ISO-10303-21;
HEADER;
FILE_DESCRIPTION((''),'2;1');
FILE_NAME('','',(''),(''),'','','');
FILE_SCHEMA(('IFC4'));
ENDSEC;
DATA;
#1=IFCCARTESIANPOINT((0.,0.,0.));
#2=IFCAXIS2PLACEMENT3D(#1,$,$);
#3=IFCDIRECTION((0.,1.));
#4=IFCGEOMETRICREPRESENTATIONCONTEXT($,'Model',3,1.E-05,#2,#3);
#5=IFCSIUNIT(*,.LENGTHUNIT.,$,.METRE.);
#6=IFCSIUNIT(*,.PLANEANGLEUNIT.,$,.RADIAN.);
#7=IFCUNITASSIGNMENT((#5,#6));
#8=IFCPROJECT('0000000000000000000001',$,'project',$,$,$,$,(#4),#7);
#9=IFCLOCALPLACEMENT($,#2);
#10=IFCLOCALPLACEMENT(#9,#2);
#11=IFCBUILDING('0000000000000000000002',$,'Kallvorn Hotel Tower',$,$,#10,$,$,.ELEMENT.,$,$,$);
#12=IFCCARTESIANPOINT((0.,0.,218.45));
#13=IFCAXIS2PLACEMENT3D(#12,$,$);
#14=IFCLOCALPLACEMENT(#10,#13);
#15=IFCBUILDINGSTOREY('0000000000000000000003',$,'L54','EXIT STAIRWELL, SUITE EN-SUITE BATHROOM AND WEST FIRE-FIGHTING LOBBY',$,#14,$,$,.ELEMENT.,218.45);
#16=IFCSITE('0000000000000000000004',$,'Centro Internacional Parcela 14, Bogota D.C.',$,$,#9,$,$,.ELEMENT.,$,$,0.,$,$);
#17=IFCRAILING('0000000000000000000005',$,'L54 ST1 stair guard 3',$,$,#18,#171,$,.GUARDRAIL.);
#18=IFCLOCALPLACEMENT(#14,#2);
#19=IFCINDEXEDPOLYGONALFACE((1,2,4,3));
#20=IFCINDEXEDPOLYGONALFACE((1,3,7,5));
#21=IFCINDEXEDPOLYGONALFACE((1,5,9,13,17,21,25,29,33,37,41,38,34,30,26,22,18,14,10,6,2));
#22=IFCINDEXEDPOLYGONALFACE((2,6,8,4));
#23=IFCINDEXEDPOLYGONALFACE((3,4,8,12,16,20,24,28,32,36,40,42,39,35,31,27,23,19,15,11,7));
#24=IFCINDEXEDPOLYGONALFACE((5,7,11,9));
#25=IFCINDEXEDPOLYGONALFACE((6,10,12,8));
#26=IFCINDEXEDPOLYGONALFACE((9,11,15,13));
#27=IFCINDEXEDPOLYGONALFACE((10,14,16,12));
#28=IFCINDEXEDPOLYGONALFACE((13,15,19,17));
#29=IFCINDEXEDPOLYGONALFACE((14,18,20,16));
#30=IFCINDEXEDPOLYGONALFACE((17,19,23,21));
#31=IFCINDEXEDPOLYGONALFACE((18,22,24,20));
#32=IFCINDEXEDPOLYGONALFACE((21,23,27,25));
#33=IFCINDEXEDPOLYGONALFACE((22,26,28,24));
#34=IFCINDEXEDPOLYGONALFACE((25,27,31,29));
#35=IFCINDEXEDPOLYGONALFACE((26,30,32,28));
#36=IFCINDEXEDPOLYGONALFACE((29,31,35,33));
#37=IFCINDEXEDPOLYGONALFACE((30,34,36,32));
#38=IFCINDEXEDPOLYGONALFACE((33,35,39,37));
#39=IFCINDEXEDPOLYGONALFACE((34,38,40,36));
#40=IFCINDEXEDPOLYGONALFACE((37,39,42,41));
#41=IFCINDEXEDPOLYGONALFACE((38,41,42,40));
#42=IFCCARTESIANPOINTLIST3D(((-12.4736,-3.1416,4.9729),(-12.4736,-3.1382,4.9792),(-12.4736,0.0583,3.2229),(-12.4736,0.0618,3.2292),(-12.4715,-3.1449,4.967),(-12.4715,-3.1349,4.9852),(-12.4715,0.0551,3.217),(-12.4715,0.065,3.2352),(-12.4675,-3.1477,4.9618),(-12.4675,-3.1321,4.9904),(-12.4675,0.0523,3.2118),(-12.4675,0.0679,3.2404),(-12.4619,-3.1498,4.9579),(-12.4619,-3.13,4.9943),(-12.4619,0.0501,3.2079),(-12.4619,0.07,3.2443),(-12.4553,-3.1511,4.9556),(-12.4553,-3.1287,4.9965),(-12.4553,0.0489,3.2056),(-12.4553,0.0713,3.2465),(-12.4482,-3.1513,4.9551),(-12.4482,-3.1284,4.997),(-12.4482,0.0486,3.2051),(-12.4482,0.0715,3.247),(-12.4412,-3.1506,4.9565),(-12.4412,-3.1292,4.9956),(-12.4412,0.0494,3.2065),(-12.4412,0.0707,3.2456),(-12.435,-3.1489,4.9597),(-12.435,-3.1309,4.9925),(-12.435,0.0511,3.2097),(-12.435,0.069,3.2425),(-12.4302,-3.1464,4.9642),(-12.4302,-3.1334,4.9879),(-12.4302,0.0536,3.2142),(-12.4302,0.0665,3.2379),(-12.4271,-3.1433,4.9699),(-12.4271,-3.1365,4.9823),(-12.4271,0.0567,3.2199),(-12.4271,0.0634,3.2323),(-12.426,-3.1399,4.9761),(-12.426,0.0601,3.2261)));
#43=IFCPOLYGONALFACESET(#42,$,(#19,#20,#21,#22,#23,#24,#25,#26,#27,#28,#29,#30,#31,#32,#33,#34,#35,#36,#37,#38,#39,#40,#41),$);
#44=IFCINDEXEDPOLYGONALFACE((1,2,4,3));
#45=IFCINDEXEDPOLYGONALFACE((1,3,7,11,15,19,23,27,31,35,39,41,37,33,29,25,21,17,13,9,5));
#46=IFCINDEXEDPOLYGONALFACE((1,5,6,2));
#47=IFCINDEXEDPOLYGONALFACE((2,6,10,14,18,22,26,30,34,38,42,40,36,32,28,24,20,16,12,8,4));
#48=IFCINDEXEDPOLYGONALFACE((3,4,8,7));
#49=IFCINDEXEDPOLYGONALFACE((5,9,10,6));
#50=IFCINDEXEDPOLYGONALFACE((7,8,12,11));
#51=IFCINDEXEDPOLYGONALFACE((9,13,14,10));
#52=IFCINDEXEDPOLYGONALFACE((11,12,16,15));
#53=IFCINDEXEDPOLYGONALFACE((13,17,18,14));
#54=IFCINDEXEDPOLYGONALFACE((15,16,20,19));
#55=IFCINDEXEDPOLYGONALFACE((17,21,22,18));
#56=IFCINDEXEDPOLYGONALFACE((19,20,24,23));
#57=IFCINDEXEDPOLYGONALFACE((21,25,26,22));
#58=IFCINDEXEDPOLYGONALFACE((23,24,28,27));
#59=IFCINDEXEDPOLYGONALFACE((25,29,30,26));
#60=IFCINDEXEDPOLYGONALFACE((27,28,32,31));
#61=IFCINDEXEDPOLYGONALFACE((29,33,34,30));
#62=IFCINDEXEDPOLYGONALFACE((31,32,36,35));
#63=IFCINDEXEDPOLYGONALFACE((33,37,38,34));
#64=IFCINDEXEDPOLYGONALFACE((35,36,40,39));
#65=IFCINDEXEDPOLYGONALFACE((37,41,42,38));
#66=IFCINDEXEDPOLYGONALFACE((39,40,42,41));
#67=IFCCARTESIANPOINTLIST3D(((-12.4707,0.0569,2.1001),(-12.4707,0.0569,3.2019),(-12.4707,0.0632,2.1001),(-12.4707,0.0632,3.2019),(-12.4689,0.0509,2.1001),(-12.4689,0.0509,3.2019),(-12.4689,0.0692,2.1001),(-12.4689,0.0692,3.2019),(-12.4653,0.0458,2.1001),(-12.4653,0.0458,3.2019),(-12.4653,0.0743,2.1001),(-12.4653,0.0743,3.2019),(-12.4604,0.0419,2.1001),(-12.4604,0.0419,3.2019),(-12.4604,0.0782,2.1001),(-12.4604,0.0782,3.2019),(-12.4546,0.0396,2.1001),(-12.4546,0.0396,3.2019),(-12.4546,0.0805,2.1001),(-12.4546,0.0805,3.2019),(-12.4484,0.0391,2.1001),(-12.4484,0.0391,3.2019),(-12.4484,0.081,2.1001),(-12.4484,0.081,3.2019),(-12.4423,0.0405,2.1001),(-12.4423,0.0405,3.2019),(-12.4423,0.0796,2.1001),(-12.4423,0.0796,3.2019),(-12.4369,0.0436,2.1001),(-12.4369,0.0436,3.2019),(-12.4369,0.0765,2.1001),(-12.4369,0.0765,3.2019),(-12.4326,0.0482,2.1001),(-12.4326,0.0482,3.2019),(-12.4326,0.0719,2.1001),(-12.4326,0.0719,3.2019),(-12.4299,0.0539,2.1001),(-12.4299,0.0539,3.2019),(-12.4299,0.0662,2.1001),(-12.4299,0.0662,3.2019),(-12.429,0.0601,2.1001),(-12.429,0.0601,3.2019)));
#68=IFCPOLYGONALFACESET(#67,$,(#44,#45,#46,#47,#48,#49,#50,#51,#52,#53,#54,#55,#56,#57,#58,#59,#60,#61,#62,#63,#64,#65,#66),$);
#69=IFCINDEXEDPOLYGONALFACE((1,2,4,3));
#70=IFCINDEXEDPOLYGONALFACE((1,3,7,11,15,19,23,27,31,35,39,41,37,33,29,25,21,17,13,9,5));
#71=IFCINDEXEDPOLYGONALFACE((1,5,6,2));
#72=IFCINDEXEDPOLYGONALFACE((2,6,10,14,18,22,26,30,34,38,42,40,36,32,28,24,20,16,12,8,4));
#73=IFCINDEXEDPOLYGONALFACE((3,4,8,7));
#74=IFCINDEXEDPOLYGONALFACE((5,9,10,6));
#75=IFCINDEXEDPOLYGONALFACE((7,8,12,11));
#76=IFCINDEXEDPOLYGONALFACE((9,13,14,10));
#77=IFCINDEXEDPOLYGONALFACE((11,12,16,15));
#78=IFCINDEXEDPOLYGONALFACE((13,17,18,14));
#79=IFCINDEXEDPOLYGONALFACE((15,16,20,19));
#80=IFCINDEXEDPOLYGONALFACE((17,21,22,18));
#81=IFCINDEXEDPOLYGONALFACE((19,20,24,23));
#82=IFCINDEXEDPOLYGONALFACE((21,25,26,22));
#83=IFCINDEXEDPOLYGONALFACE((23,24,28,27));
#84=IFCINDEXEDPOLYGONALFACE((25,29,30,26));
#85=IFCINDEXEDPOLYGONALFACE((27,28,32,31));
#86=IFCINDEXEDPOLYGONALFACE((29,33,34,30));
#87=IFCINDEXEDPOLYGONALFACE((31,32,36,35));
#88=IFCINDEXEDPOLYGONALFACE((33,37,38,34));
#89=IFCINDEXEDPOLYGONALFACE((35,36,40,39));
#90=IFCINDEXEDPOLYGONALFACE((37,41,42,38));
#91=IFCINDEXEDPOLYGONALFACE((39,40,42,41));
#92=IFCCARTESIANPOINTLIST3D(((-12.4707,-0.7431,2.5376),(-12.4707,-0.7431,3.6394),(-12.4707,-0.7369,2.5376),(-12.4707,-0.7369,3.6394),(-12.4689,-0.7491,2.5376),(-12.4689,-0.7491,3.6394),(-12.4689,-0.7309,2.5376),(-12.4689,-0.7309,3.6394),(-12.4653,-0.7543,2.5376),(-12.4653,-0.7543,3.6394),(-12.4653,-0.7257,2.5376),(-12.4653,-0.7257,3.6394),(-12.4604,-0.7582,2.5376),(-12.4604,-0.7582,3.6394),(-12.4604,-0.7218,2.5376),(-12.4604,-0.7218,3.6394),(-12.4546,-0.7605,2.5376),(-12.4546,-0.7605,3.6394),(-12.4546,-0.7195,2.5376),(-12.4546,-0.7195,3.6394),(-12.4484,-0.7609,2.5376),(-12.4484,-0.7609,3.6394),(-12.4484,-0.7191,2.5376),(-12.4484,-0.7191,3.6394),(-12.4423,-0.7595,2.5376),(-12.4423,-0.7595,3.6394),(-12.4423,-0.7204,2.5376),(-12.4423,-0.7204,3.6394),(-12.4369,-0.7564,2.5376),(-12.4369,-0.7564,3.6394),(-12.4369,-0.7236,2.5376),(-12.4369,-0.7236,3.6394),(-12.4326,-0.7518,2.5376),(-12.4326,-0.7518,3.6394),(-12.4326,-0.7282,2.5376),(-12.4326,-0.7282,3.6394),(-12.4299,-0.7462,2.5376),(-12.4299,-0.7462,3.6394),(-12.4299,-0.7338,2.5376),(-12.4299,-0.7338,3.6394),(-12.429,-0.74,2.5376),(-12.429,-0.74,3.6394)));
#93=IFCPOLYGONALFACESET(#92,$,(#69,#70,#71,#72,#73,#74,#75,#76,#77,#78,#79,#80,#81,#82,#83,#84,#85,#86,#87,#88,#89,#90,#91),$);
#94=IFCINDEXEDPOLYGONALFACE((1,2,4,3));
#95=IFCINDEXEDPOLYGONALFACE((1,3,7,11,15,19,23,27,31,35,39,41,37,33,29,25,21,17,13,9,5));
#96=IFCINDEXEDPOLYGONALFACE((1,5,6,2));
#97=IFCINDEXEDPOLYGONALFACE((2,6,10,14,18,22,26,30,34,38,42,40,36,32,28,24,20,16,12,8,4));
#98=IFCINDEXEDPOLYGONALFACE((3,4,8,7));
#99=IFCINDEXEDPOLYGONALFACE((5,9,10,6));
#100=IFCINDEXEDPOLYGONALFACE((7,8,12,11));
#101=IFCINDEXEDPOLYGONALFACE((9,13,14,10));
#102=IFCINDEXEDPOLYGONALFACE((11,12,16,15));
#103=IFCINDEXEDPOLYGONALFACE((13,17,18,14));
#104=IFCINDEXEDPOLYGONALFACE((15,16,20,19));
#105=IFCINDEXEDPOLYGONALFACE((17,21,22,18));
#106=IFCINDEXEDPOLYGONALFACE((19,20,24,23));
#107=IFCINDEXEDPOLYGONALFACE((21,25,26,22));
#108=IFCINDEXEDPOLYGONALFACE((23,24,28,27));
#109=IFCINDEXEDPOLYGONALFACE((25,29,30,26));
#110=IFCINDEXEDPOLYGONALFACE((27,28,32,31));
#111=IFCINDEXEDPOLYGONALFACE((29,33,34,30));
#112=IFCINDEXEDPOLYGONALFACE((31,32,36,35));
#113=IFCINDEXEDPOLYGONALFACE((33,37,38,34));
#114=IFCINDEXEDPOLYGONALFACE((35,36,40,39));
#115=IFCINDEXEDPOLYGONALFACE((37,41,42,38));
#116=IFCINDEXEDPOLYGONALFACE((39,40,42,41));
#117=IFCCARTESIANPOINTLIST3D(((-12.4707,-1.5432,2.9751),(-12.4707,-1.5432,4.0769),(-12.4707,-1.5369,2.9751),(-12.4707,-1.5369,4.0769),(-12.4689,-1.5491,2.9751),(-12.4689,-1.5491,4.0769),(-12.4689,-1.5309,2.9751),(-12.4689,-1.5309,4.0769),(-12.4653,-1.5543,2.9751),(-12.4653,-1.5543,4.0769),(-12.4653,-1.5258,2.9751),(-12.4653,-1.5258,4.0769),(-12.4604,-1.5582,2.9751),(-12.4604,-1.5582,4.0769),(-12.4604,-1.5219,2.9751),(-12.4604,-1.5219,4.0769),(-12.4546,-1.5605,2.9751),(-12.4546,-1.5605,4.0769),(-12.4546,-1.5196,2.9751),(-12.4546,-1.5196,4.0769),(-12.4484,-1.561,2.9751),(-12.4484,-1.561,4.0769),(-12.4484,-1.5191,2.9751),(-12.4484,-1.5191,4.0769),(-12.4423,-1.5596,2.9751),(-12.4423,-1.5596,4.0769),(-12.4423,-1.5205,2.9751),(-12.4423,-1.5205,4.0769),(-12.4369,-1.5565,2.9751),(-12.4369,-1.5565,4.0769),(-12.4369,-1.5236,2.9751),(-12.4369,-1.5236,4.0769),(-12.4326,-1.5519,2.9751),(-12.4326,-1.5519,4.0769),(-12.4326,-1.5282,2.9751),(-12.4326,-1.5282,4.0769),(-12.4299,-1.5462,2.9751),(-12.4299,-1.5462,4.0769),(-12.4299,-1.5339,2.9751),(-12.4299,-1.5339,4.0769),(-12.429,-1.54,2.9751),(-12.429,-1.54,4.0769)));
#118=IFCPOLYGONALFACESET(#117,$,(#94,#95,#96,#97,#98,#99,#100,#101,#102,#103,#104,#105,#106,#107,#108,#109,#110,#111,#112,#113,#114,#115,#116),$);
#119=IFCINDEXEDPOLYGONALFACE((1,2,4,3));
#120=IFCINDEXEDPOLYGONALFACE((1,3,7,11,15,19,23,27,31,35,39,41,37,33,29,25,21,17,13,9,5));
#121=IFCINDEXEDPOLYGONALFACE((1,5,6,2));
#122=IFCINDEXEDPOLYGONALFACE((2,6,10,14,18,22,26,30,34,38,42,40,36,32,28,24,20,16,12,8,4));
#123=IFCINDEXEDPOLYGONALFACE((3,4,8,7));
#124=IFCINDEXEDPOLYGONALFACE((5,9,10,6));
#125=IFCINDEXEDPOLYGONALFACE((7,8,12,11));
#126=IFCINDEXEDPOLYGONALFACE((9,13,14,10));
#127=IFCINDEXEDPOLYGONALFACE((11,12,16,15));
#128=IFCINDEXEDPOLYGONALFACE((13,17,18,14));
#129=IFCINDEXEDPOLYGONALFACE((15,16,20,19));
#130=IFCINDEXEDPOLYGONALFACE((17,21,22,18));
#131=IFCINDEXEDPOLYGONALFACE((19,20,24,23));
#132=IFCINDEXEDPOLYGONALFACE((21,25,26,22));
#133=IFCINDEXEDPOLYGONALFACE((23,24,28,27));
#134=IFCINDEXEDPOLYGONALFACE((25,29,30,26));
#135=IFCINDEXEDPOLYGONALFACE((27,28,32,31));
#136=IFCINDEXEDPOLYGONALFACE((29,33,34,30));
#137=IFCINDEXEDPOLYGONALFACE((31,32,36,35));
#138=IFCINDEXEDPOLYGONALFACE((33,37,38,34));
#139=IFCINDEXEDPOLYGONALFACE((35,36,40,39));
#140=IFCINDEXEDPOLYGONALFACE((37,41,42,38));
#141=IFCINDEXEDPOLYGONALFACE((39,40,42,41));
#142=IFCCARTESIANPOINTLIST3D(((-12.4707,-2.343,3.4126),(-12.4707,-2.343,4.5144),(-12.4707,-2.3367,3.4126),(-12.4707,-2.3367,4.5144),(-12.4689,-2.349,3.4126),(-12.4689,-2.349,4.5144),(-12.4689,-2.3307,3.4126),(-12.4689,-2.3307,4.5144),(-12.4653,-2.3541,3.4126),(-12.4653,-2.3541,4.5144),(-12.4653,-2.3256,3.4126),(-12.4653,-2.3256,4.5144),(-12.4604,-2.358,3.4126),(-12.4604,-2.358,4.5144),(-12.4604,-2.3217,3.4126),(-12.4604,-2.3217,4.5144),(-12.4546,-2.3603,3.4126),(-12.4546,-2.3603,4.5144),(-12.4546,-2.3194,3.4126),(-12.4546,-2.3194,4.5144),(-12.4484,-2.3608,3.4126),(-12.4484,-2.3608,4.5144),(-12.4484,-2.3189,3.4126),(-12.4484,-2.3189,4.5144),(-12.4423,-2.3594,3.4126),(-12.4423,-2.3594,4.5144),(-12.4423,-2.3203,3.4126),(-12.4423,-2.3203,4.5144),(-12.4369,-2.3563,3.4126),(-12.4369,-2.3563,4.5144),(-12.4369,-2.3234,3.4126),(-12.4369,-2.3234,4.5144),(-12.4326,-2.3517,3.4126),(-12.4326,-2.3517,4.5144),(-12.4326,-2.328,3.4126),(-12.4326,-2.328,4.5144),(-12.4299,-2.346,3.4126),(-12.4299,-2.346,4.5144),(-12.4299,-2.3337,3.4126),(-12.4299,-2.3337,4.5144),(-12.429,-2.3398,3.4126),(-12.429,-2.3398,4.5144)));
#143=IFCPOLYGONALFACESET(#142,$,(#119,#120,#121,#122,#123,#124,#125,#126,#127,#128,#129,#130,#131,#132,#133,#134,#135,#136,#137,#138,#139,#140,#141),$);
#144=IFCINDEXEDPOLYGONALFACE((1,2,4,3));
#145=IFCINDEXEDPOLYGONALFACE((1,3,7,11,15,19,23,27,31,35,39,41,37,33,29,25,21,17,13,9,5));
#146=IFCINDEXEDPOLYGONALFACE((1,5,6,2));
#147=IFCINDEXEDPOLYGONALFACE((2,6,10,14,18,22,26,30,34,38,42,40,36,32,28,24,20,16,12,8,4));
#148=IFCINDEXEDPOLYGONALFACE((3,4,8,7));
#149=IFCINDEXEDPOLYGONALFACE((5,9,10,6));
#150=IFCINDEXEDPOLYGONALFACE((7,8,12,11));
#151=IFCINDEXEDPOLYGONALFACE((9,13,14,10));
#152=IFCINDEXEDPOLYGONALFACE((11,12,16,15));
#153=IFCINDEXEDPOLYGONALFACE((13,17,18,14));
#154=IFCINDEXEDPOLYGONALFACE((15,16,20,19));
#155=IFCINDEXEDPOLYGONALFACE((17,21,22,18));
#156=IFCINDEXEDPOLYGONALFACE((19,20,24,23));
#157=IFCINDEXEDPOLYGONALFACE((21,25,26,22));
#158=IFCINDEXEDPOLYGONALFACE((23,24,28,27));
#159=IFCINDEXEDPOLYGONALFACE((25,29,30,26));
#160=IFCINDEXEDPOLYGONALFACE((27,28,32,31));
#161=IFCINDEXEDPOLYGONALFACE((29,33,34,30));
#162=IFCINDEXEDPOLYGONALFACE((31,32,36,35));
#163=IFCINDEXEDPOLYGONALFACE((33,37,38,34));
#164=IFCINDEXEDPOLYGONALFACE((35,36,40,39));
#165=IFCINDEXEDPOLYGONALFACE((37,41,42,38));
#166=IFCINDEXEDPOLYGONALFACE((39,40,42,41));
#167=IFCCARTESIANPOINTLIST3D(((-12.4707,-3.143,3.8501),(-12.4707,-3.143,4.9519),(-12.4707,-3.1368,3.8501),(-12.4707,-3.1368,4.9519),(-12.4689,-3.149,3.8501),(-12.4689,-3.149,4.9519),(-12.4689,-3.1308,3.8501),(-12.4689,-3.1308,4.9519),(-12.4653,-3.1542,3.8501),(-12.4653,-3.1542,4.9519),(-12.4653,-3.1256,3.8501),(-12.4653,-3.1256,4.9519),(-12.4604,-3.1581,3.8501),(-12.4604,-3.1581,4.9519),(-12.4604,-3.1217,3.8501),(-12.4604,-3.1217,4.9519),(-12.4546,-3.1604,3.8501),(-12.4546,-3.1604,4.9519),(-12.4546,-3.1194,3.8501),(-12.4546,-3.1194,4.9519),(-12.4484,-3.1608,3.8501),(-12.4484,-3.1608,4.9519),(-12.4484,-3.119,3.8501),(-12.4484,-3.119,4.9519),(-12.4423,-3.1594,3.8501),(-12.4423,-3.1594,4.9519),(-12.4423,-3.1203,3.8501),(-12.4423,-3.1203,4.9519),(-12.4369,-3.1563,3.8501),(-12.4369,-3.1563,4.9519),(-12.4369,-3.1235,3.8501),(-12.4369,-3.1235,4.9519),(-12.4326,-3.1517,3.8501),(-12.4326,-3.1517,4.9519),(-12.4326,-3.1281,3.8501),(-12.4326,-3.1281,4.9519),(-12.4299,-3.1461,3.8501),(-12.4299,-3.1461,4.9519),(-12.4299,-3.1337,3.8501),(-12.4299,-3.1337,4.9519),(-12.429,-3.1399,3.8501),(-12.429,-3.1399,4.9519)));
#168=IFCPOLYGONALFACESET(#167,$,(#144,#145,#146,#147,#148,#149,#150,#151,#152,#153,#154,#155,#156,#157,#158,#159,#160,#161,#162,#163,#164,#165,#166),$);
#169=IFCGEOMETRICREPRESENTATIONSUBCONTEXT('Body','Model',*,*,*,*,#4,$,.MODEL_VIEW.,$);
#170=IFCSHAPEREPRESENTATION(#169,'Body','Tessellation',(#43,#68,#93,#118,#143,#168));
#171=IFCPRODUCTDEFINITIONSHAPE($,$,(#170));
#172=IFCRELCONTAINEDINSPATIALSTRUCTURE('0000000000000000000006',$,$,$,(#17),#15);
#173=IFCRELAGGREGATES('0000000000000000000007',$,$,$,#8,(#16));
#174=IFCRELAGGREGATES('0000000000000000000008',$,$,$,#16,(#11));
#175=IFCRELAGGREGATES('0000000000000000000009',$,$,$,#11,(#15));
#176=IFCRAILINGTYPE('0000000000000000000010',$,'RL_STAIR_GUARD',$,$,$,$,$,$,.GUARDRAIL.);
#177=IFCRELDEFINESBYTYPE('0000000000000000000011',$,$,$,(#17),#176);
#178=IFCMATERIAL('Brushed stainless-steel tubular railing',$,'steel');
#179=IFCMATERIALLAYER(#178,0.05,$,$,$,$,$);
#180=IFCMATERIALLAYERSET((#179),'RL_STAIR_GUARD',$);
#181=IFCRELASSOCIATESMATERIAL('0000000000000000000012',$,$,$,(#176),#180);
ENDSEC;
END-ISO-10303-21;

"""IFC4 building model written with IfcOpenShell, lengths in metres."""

from ifc_helpers import new_model, si_unit, direction, frame, origin, origin_2d, place, context, subcontext, project, spatial, circle, extrude, material, layer, layer_set, type_object, element, save


model = new_model("IFC4")

# Units and contexts
model_context = context("Model", 3, precision=1e-05, world=origin(), true_north=direction((0.0, 1.0)))
body_context = subcontext(model_context, "Body", "Model", "MODEL_VIEW")
ifc_project = project(units=[si_unit("LENGTHUNIT", "METRE"), si_unit("PLANEANGLEUNIT", "RADIAN")], contexts=[model_context])

# Site, building, storey
site_placement = place(None, origin())
site = spatial("IfcSite", under=ifc_project, at=site_placement, Name="Centro Internacional Parcela 14, Bogota D.C.", CompositionType="ELEMENT", RefElevation=0.0)
building_placement = place(site_placement, origin())
building = spatial("IfcBuilding", under=site, at=building_placement, Name="Kallvorn Hotel Tower", CompositionType="ELEMENT")
storey_placement = place(building_placement, frame((0.0, 0.0, 218.45)))
storey = spatial("IfcBuildingStorey", under=building, at=storey_placement, Name="L54", Description="EXIT STAIRWELL, SUITE EN-SUITE BATHROOM AND WEST FIRE-FIGHTING LOBBY", CompositionType="ELEMENT", Elevation=218.45)

# Railing
ifc_material_1 = material(Name="Brushed stainless-steel tubular railing", Category="steel")
ifc_layer_1 = layer(ifc_material_1, 0.05)
ifc_layer_set_1 = layer_set([ifc_layer_1], Name="RL_STAIR_GUARD")
railing_type_1 = type_object("IfcRailingType", Name="RL_STAIR_GUARD", PredefinedType="GUARDRAIL", material=ifc_layer_set_1)
railing_1_placement = place(storey_placement, frame((-12.45, 0.0601, 2.1001)))
element("IfcRailing", 1, at=railing_1_placement, inside=storey, type_object=railing_type_1, Name="L54 ST1 stair guard 3", PredefinedType="GUARDRAIL", context=body_context, shape_type="SweptSolid", body=[
    extrude(circle(Radius=0.0239, at=origin_2d()), frame((0.0, 0.0, 1.126), z_axis=(0.0, -0.877368, 0.479818), x_axis=(1.0, 0.0, 0.0)), (0.0, 0.0, 1.0), 3.6472),
    extrude(circle(Radius=0.021, at=origin_2d()), origin(), (0.0, 0.0, 1.0), 1.1018),
    extrude(circle(Radius=0.021, at=origin_2d()), frame((0.0, -0.8, 0.4375)), (0.0, 0.0, 1.0), 1.1018),
    extrude(circle(Radius=0.021, at=origin_2d()), frame((0.0, -1.6001, 0.875)), (0.0, 0.0, 1.0), 1.1018),
    extrude(circle(Radius=0.021, at=origin_2d()), frame((0.0, -2.3999, 1.3125)), (0.0, 0.0, 1.0), 1.1018),
    extrude(circle(Radius=0.021, at=origin_2d()), frame((0.0, -3.2, 1.75)), (0.0, 0.0, 1.0), 1.1018),
])

save(model, "model.ifc")
